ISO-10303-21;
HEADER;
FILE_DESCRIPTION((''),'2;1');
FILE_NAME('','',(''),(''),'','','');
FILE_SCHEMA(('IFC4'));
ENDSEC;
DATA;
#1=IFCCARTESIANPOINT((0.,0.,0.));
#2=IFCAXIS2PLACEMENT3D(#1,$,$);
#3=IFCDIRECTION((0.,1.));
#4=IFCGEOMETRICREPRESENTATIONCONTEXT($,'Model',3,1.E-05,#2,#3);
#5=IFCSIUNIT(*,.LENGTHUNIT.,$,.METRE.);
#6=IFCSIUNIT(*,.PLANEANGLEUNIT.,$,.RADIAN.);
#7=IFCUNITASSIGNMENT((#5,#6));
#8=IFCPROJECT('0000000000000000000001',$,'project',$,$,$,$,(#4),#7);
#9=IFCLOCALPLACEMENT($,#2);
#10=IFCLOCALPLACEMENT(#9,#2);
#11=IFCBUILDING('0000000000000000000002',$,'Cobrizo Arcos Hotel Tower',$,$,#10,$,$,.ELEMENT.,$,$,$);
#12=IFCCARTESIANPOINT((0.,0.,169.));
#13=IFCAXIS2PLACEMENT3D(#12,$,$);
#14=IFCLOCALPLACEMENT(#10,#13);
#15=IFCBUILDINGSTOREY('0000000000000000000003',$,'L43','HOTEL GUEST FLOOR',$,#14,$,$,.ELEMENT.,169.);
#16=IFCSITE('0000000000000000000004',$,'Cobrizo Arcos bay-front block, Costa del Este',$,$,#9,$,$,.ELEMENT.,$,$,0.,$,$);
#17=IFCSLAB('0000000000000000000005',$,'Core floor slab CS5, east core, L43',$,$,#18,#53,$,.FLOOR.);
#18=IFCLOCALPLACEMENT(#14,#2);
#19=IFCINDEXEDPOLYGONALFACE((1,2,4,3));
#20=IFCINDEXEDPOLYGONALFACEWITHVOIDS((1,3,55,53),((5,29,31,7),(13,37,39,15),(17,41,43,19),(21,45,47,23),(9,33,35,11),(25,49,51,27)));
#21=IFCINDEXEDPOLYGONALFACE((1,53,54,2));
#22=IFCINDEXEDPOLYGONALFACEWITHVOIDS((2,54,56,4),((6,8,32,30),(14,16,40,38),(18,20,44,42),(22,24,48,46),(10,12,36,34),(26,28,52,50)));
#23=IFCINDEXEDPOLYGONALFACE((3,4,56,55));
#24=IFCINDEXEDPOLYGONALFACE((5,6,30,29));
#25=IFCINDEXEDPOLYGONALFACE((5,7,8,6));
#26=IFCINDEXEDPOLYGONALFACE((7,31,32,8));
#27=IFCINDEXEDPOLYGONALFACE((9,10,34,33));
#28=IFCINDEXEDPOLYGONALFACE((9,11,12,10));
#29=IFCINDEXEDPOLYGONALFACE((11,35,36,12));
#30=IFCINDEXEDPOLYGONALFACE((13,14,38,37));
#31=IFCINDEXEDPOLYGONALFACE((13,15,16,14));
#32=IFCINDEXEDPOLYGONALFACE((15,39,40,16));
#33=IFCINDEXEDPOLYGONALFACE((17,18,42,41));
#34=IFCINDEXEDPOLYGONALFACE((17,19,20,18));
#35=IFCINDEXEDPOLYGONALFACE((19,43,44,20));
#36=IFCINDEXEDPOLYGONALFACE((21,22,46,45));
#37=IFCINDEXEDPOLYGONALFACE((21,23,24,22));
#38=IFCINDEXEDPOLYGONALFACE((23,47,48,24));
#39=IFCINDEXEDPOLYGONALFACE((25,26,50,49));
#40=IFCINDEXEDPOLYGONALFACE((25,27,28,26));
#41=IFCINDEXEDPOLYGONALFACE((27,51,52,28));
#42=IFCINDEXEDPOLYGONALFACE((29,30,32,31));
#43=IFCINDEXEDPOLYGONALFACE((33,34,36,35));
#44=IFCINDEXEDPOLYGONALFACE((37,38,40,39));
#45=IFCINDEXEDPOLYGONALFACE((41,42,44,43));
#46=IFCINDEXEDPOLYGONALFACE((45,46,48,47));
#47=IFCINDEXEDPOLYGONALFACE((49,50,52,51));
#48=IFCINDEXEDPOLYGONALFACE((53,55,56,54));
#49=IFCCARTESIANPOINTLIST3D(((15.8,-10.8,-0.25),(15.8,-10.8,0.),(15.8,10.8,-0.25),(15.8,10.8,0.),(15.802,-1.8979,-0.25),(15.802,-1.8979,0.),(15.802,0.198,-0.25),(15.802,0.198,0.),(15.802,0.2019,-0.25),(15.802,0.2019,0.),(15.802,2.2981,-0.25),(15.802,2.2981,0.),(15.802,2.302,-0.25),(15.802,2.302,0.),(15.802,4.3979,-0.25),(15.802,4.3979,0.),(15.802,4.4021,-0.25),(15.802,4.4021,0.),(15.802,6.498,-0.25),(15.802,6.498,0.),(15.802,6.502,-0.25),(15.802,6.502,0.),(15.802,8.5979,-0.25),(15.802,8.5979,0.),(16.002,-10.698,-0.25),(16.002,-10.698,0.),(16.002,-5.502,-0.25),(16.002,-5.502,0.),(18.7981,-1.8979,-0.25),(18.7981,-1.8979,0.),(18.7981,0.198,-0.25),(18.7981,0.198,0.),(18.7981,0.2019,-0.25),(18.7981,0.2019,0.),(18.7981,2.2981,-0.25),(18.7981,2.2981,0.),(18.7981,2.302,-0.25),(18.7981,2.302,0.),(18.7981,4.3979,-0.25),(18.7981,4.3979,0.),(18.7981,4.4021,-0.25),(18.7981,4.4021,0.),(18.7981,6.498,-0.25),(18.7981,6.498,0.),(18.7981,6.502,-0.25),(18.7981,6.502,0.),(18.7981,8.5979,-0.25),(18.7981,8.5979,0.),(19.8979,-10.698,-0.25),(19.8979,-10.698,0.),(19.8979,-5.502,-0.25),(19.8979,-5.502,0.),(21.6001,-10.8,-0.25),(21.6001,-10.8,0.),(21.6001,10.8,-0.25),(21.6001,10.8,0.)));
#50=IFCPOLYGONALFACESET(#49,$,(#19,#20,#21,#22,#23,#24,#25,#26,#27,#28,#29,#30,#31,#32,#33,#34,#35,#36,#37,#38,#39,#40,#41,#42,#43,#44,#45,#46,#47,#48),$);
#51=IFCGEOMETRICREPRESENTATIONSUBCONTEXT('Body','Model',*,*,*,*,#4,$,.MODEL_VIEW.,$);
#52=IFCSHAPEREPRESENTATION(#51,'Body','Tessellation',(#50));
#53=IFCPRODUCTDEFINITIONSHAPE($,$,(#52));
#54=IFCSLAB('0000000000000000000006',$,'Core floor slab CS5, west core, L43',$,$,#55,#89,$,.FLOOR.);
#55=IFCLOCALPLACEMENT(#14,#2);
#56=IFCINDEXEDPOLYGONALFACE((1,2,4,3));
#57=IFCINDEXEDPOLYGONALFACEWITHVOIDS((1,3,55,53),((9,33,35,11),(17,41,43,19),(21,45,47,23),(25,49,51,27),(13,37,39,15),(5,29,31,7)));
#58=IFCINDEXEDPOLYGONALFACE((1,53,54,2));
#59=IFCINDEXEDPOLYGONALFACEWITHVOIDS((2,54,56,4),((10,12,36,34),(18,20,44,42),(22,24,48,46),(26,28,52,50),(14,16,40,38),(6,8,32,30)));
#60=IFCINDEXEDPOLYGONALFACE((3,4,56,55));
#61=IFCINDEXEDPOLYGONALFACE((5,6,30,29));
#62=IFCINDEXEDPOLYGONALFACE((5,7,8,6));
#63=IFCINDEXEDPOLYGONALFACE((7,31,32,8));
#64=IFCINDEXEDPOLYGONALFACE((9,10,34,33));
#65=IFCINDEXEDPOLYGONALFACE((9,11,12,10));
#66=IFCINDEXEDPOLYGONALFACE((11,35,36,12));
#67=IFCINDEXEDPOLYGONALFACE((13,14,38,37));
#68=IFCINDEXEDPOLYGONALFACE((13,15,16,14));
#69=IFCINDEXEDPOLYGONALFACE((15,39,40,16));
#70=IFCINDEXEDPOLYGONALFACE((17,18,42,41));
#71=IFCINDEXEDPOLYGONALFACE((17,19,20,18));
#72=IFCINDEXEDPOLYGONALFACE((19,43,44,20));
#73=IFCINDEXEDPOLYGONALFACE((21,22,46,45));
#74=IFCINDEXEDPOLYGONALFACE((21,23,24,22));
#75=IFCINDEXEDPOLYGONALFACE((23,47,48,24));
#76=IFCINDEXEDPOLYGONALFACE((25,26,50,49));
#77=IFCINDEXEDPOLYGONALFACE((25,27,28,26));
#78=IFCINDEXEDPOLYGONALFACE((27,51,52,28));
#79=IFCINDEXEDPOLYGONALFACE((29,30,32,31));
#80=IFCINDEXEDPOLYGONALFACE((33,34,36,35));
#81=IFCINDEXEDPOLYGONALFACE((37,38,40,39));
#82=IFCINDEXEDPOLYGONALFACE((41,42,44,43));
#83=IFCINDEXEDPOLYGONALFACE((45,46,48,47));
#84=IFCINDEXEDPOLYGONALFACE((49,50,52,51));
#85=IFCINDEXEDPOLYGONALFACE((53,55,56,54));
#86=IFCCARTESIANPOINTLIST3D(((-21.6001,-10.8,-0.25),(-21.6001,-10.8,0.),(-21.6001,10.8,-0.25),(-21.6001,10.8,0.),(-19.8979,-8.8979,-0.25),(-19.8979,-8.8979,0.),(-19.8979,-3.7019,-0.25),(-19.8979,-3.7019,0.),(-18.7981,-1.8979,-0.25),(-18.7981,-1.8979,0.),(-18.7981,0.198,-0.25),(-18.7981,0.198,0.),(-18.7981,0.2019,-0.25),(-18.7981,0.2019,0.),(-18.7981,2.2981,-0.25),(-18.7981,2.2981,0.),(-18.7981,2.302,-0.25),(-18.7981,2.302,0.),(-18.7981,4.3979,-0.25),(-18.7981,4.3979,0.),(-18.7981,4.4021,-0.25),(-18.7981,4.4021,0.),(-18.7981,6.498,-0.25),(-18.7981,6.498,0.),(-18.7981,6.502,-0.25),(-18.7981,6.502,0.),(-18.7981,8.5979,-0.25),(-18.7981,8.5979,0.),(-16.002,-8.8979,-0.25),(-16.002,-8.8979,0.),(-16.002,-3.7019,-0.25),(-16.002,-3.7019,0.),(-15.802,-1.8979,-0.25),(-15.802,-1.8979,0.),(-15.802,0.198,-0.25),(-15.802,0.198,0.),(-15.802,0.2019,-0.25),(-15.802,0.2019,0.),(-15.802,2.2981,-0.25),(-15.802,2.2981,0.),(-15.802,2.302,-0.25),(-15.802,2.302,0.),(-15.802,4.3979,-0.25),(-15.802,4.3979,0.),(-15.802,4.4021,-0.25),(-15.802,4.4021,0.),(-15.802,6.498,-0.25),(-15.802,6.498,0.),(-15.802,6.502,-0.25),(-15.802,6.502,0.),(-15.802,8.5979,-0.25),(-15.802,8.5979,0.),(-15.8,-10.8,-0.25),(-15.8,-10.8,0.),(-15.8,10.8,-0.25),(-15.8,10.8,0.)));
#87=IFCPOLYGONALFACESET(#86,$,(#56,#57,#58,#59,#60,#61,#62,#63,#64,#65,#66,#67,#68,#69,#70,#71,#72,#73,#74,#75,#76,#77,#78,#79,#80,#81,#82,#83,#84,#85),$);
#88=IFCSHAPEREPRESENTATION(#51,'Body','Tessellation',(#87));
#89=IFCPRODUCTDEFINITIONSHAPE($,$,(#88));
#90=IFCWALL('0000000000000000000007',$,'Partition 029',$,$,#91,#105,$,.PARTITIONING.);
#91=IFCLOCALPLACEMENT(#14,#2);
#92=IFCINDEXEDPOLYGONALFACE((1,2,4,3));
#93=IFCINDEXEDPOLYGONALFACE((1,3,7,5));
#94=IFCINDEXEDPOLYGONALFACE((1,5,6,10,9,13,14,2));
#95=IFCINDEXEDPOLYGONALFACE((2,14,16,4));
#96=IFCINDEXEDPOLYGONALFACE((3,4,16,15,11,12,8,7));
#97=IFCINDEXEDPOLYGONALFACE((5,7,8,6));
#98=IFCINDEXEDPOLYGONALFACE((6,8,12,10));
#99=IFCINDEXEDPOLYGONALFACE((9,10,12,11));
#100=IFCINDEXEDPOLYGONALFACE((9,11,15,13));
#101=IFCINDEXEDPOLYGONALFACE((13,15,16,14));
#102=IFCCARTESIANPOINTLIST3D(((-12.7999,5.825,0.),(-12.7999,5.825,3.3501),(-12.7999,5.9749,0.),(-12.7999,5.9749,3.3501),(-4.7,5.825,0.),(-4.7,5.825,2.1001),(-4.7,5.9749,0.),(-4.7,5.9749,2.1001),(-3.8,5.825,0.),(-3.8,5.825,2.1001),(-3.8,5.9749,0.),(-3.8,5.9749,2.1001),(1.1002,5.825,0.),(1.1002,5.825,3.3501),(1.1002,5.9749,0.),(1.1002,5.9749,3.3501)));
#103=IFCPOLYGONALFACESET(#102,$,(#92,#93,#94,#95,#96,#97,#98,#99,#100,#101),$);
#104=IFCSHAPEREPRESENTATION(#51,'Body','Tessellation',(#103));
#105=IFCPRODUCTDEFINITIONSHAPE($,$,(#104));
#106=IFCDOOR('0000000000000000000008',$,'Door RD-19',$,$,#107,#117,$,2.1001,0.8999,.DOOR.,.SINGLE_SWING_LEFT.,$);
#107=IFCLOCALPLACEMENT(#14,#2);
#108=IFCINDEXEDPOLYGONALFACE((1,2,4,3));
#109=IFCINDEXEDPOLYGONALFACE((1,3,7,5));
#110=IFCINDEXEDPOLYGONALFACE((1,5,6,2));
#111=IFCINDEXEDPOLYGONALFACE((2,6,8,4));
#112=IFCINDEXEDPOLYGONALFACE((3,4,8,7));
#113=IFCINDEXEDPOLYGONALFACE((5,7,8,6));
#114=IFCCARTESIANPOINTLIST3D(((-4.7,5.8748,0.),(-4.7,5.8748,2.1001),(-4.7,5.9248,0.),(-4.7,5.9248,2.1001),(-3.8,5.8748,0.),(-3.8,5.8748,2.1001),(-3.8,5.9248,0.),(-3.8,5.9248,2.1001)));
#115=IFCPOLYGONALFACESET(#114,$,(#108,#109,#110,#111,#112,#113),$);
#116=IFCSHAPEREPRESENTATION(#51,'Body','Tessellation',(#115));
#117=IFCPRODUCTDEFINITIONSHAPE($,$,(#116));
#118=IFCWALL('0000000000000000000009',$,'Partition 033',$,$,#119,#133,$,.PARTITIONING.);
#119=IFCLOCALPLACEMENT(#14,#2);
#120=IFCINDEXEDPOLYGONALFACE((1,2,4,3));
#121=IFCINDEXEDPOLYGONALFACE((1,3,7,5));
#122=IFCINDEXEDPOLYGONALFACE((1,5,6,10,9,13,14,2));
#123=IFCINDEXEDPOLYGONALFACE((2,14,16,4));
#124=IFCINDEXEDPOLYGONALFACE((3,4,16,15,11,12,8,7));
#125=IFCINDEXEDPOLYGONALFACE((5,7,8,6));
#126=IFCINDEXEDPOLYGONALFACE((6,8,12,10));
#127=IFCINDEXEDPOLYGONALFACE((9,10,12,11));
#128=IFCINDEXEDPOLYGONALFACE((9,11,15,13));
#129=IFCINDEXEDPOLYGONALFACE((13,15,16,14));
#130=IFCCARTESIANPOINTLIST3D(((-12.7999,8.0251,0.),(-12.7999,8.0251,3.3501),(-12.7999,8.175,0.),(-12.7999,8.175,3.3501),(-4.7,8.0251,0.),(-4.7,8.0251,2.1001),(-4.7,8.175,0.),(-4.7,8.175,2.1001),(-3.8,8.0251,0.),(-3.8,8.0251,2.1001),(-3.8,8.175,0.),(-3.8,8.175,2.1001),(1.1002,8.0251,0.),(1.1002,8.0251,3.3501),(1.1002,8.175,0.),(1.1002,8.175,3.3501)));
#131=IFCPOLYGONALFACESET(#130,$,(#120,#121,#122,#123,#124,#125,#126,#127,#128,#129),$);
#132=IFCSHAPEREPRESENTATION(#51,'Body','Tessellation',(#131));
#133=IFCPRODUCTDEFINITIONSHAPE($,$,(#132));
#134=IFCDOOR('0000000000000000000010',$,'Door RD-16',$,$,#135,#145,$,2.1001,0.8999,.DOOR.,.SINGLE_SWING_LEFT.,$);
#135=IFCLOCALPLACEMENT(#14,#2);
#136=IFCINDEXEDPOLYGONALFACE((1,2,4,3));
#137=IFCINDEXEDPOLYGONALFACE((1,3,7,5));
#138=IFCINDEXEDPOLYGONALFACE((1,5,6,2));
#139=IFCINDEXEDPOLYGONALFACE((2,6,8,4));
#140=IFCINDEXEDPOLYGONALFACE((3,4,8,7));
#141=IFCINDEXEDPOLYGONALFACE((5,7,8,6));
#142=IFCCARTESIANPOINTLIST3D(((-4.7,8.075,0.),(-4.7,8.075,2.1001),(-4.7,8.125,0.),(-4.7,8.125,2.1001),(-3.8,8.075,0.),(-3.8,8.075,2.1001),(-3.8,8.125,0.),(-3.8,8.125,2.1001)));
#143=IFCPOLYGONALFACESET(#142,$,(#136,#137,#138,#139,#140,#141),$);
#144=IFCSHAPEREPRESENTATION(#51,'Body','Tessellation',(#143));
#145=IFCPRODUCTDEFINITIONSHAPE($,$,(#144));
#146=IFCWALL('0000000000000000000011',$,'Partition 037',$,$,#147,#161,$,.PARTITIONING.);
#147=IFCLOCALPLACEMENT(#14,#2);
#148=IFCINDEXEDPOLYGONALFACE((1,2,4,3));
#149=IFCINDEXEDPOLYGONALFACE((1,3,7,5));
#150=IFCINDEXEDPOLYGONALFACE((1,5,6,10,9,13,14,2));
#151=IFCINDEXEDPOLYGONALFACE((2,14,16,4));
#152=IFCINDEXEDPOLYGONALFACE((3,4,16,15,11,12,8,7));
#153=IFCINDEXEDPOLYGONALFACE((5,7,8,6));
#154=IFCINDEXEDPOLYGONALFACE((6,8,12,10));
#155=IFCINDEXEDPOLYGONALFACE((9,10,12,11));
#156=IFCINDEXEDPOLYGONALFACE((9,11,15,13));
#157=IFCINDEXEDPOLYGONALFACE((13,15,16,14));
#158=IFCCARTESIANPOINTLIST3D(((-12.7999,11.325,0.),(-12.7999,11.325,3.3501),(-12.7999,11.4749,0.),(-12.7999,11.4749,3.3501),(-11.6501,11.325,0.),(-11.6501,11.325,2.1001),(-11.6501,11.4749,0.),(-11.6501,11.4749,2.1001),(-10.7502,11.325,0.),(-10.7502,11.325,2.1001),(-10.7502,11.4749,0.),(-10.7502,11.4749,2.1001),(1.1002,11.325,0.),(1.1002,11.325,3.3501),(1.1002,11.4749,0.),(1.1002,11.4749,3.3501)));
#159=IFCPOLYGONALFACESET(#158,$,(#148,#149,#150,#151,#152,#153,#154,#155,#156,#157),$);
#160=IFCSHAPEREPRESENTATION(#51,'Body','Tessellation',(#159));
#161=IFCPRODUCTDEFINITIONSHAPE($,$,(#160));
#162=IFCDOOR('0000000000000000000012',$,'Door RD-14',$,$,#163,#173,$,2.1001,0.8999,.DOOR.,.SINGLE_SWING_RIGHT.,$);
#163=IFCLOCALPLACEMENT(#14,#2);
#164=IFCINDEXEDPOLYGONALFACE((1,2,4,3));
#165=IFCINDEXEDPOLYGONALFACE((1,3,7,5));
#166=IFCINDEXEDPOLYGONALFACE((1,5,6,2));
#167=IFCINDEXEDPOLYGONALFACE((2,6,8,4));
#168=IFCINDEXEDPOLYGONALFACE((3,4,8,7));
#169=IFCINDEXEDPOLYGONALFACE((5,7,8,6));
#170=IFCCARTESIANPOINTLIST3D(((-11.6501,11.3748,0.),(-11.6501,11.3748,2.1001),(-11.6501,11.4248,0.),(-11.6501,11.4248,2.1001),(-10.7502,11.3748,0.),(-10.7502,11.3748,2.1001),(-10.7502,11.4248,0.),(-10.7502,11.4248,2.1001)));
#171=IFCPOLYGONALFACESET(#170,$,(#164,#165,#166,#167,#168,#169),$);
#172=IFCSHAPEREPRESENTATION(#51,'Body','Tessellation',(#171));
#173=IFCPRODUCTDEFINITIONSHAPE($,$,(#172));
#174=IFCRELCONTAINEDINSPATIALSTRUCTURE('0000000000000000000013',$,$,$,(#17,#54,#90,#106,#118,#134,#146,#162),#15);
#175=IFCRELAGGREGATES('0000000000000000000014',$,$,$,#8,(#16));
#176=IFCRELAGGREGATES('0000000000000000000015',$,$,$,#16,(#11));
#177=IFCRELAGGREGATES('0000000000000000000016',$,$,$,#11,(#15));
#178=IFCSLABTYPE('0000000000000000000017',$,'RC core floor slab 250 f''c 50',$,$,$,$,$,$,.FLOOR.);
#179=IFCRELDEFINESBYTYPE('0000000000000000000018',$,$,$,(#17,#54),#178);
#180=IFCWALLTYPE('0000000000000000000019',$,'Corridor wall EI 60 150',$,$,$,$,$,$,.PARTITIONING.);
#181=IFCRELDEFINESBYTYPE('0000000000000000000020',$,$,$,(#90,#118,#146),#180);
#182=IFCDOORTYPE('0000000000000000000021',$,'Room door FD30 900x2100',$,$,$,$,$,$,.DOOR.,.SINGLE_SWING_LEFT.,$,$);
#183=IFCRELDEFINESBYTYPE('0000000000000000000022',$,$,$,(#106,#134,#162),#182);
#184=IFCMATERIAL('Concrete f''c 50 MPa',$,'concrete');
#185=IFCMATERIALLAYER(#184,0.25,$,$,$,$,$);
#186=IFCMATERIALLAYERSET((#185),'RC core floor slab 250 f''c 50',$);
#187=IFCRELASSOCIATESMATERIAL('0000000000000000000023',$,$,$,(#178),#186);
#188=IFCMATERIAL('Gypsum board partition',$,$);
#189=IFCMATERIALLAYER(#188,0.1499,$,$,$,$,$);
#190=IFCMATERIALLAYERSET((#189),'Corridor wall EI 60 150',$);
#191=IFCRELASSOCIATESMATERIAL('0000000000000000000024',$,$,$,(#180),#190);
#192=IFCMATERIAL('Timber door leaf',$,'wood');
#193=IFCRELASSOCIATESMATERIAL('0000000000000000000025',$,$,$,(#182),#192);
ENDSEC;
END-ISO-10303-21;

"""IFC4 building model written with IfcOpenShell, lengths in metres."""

from ifc_helpers import new_model, si_unit, direction, frame, frame_2d, origin, place, context, subcontext, project, spatial, polyline, rectangle, outline, extrude, material, layer, layer_set, type_object, element, fill, save


model = new_model("IFC4")

# Units and contexts
model_context = context("Model", 3, precision=1e-05, world=origin(), true_north=direction((0.0, 1.0)))
body_context = subcontext(model_context, "Body", "Model", "MODEL_VIEW")
ifc_project = project(units=[si_unit("LENGTHUNIT", "METRE"), si_unit("PLANEANGLEUNIT", "RADIAN")], contexts=[model_context])

# Site, building, storey
site_placement = place(None, origin())
site = spatial("IfcSite", under=ifc_project, at=site_placement, Name="Cobrizo Arcos bay-front block, Costa del Este", CompositionType="ELEMENT", RefElevation=0.0)
building_placement = place(site_placement, origin())
building = spatial("IfcBuilding", under=site, at=building_placement, Name="Cobrizo Arcos Hotel Tower", CompositionType="ELEMENT")
storey_placement = place(building_placement, frame((0.0, 0.0, 169.0)))
storey = spatial("IfcBuildingStorey", under=building, at=storey_placement, Name="L43", Description="HOTEL GUEST FLOOR", CompositionType="ELEMENT", Elevation=169.0)

# Slabs
ifc_material_1 = material(Name="Concrete f'c 50 MPa", Category="concrete")
ifc_layer_1 = layer(ifc_material_1, 0.25)
ifc_layer_set_1 = layer_set([ifc_layer_1], Name="RC core floor slab 250 f'c 50")
slab_type_1 = type_object("IfcSlabType", Name="RC core floor slab 250 f'c 50", PredefinedType="FLOOR", material=ifc_layer_set_1)
slab_1_placement = place(storey_placement, frame((0.0, 0.0, -0.25)))
element("IfcSlab", 1, at=slab_1_placement, inside=storey, type_object=slab_type_1, Name="Core floor slab CS5, east core, L43", PredefinedType="FLOOR", context=body_context, shape_type="SweptSolid", body=[
    extrude(outline(polyline([(15.8, 10.8), (21.6001, 10.8), (21.6001, -10.8), (15.8, -10.8), (15.8, 10.8)]), holes=[polyline([(19.8979, -10.698), (19.8979, -5.502), (16.002, -5.502), (16.002, -10.698), (19.8979, -10.698)]), polyline([(15.802, 0.198), (15.802, -1.8979), (18.7981, -1.8979), (18.7981, 0.198), (15.802, 0.198)]), polyline([(15.802, 2.2981), (15.802, 0.2019), (18.7981, 0.2019), (18.7981, 2.2981), (15.802, 2.2981)]), polyline([(15.802, 4.3979), (15.802, 2.302), (18.7981, 2.302), (18.7981, 4.3979), (15.802, 4.3979)]), polyline([(18.7981, 6.498), (15.802, 6.498), (15.802, 4.4021), (18.7981, 4.4021), (18.7981, 6.498)]), polyline([(18.7981, 8.5979), (15.802, 8.5979), (15.802, 6.502), (18.7981, 6.502), (18.7981, 8.5979)])]), origin(), (0.0, 0.0, 1.0), 0.25),
])
slab_2_placement = place(storey_placement, frame((0.0, 0.0, -0.25)))
element("IfcSlab", 2, at=slab_2_placement, inside=storey, type_object=slab_type_1, Name="Core floor slab CS5, west core, L43", PredefinedType="FLOOR", context=body_context, shape_type="SweptSolid", body=[
    extrude(outline(polyline([(-21.6001, 10.8), (-15.8, 10.8), (-15.8, -10.8), (-21.6001, -10.8), (-21.6001, 10.8)]), holes=[polyline([(-19.8979, -3.7019), (-19.8979, -8.8979), (-16.002, -8.8979), (-16.002, -3.7019), (-19.8979, -3.7019)]), polyline([(-18.7981, 0.198), (-18.7981, -1.8979), (-15.802, -1.8979), (-15.802, 0.198), (-18.7981, 0.198)]), polyline([(-18.7981, 2.2981), (-18.7981, 0.2019), (-15.802, 0.2019), (-15.802, 2.2981), (-18.7981, 2.2981)]), polyline([(-18.7981, 4.3979), (-18.7981, 2.302), (-15.802, 2.302), (-15.802, 4.3979), (-18.7981, 4.3979)]), polyline([(-15.802, 6.498), (-18.7981, 6.498), (-18.7981, 4.4021), (-15.802, 4.4021), (-15.802, 6.498)]), polyline([(-15.802, 8.5979), (-18.7981, 8.5979), (-18.7981, 6.502), (-15.802, 6.502), (-15.802, 8.5979)])]), origin(), (0.0, 0.0, 1.0), 0.25),
])

# Walls, openings, doors
ifc_material_2 = material(Name="Gypsum board partition")
ifc_layer_2 = layer(ifc_material_2, 0.1499)
ifc_layer_set_2 = layer_set([ifc_layer_2], Name="Corridor wall EI 60 150")
wall_type_1 = type_object("IfcWallType", Name="Corridor wall EI 60 150", PredefinedType="PARTITIONING", material=ifc_layer_set_2)
wall_1_placement = place(storey_placement, frame((-12.8, 5.8999, 0.0), z_axis=(0.0, 0.0, 1.0), x_axis=(1.0, 0.0, 0.0)))
wall_1 = element("IfcWall", 3, at=wall_1_placement, inside=storey, type_object=wall_type_1, Name="Partition 029", PredefinedType="PARTITIONING", context=body_context, shape_type="SweptSolid", body=[
    extrude(rectangle(XDim=13.9001, YDim=0.1499, at=frame_2d((6.9502, 0.0))), origin(), (0.0, 0.0, 1.0), 3.3501),
])
opening_1_placement = place(wall_1_placement, frame((8.1001, 0.0, 0.0)))
opening_1 = element("IfcOpeningElement", 4, at=opening_1_placement, cuts=wall_1, PredefinedType="OPENING", context=body_context, shape_type="SweptSolid", body=[
    extrude(rectangle(XDim=0.8999, YDim=2.1001, at=frame_2d((0.45, 1.05))), frame((0.0, 0.0869, 0.0), z_axis=(0.0, -1.0, 0.0), x_axis=(1.0, 0.0, 0.0)), (0.0, 0.0, 1.0), 0.1738),
])
ifc_material_3 = material(Name="Timber door leaf", Category="wood")
door_type_1 = type_object("IfcDoorType", Name="Room door FD30 900x2100", OperationType="SINGLE_SWING_LEFT", PredefinedType="DOOR", material=ifc_material_3)
door_1_placement = place(opening_1_placement, origin())
door_1 = element("IfcDoor", 5, at=door_1_placement, inside=storey, type_object=door_type_1, Name="Door RD-19", OperationType="SINGLE_SWING_LEFT", OverallHeight=2.1001, OverallWidth=0.8999, PredefinedType="DOOR", context=body_context, shape_type="SweptSolid", body=[
    extrude(rectangle(XDim=0.8999, YDim=2.1001, at=frame_2d((0.45, 1.05))), frame((0.0, 0.0249, 0.0), z_axis=(0.0, -1.0, 0.0), x_axis=(1.0, 0.0, 0.0)), (0.0, 0.0, 1.0), 0.05),
])
fill(opening_1, door_1)
wall_2_placement = place(storey_placement, frame((-12.8, 8.1001, 0.0), z_axis=(0.0, 0.0, 1.0), x_axis=(1.0, 0.0, 0.0)))
wall_2 = element("IfcWall", 6, at=wall_2_placement, inside=storey, type_object=wall_type_1, Name="Partition 033", PredefinedType="PARTITIONING", context=body_context, shape_type="SweptSolid", body=[
    extrude(rectangle(XDim=13.9001, YDim=0.1499, at=frame_2d((6.9502, 0.0))), origin(), (0.0, 0.0, 1.0), 3.3501),
])
opening_2_placement = place(wall_2_placement, frame((8.1001, 0.0, 0.0)))
opening_2 = element("IfcOpeningElement", 7, at=opening_2_placement, cuts=wall_2, PredefinedType="OPENING", context=body_context, shape_type="SweptSolid", body=[
    extrude(rectangle(XDim=0.8999, YDim=2.1001, at=frame_2d((0.45, 1.05))), frame((0.0, 0.0869, 0.0), z_axis=(0.0, -1.0, 0.0), x_axis=(1.0, 0.0, 0.0)), (0.0, 0.0, 1.0), 0.1738),
])
door_2_placement = place(opening_2_placement, origin())
door_2 = element("IfcDoor", 8, at=door_2_placement, inside=storey, type_object=door_type_1, Name="Door RD-16", OperationType="SINGLE_SWING_LEFT", OverallHeight=2.1001, OverallWidth=0.8999, PredefinedType="DOOR", context=body_context, shape_type="SweptSolid", body=[
    extrude(rectangle(XDim=0.8999, YDim=2.1001, at=frame_2d((0.45, 1.05))), frame((0.0, 0.0249, 0.0), z_axis=(0.0, -1.0, 0.0), x_axis=(1.0, 0.0, 0.0)), (0.0, 0.0, 1.0), 0.05),
])
fill(opening_2, door_2)
wall_3_placement = place(storey_placement, frame((-12.8, 11.3999, 0.0), z_axis=(0.0, 0.0, 1.0), x_axis=(1.0, 0.0, 0.0)))
wall_3 = element("IfcWall", 9, at=wall_3_placement, inside=storey, type_object=wall_type_1, Name="Partition 037", PredefinedType="PARTITIONING", context=body_context, shape_type="SweptSolid", body=[
    extrude(rectangle(XDim=13.9001, YDim=0.1499, at=frame_2d((6.9502, 0.0))), origin(), (0.0, 0.0, 1.0), 3.3501),
])
opening_3_placement = place(wall_3_placement, frame((1.1499, 0.0, 0.0)))
opening_3 = element("IfcOpeningElement", 10, at=opening_3_placement, cuts=wall_3, PredefinedType="OPENING", context=body_context, shape_type="SweptSolid", body=[
    extrude(rectangle(XDim=0.8999, YDim=2.1001, at=frame_2d((0.45, 1.05))), frame((0.0, 0.0869, 0.0), z_axis=(0.0, -1.0, 0.0), x_axis=(1.0, 0.0, 0.0)), (0.0, 0.0, 1.0), 0.1738),
])
door_3_placement = place(opening_3_placement, origin())
door_3 = element("IfcDoor", 11, at=door_3_placement, inside=storey, type_object=door_type_1, Name="Door RD-14", OperationType="SINGLE_SWING_RIGHT", OverallHeight=2.1001, OverallWidth=0.8999, PredefinedType="DOOR", context=body_context, shape_type="SweptSolid", body=[
    extrude(rectangle(XDim=0.8999, YDim=2.1001, at=frame_2d((0.45, 1.05))), frame((0.0, 0.0249, 0.0), z_axis=(0.0, -1.0, 0.0), x_axis=(1.0, 0.0, 0.0)), (0.0, 0.0, 1.0), 0.05),
])
fill(opening_3, door_3)

save(model, "model.ifc")
